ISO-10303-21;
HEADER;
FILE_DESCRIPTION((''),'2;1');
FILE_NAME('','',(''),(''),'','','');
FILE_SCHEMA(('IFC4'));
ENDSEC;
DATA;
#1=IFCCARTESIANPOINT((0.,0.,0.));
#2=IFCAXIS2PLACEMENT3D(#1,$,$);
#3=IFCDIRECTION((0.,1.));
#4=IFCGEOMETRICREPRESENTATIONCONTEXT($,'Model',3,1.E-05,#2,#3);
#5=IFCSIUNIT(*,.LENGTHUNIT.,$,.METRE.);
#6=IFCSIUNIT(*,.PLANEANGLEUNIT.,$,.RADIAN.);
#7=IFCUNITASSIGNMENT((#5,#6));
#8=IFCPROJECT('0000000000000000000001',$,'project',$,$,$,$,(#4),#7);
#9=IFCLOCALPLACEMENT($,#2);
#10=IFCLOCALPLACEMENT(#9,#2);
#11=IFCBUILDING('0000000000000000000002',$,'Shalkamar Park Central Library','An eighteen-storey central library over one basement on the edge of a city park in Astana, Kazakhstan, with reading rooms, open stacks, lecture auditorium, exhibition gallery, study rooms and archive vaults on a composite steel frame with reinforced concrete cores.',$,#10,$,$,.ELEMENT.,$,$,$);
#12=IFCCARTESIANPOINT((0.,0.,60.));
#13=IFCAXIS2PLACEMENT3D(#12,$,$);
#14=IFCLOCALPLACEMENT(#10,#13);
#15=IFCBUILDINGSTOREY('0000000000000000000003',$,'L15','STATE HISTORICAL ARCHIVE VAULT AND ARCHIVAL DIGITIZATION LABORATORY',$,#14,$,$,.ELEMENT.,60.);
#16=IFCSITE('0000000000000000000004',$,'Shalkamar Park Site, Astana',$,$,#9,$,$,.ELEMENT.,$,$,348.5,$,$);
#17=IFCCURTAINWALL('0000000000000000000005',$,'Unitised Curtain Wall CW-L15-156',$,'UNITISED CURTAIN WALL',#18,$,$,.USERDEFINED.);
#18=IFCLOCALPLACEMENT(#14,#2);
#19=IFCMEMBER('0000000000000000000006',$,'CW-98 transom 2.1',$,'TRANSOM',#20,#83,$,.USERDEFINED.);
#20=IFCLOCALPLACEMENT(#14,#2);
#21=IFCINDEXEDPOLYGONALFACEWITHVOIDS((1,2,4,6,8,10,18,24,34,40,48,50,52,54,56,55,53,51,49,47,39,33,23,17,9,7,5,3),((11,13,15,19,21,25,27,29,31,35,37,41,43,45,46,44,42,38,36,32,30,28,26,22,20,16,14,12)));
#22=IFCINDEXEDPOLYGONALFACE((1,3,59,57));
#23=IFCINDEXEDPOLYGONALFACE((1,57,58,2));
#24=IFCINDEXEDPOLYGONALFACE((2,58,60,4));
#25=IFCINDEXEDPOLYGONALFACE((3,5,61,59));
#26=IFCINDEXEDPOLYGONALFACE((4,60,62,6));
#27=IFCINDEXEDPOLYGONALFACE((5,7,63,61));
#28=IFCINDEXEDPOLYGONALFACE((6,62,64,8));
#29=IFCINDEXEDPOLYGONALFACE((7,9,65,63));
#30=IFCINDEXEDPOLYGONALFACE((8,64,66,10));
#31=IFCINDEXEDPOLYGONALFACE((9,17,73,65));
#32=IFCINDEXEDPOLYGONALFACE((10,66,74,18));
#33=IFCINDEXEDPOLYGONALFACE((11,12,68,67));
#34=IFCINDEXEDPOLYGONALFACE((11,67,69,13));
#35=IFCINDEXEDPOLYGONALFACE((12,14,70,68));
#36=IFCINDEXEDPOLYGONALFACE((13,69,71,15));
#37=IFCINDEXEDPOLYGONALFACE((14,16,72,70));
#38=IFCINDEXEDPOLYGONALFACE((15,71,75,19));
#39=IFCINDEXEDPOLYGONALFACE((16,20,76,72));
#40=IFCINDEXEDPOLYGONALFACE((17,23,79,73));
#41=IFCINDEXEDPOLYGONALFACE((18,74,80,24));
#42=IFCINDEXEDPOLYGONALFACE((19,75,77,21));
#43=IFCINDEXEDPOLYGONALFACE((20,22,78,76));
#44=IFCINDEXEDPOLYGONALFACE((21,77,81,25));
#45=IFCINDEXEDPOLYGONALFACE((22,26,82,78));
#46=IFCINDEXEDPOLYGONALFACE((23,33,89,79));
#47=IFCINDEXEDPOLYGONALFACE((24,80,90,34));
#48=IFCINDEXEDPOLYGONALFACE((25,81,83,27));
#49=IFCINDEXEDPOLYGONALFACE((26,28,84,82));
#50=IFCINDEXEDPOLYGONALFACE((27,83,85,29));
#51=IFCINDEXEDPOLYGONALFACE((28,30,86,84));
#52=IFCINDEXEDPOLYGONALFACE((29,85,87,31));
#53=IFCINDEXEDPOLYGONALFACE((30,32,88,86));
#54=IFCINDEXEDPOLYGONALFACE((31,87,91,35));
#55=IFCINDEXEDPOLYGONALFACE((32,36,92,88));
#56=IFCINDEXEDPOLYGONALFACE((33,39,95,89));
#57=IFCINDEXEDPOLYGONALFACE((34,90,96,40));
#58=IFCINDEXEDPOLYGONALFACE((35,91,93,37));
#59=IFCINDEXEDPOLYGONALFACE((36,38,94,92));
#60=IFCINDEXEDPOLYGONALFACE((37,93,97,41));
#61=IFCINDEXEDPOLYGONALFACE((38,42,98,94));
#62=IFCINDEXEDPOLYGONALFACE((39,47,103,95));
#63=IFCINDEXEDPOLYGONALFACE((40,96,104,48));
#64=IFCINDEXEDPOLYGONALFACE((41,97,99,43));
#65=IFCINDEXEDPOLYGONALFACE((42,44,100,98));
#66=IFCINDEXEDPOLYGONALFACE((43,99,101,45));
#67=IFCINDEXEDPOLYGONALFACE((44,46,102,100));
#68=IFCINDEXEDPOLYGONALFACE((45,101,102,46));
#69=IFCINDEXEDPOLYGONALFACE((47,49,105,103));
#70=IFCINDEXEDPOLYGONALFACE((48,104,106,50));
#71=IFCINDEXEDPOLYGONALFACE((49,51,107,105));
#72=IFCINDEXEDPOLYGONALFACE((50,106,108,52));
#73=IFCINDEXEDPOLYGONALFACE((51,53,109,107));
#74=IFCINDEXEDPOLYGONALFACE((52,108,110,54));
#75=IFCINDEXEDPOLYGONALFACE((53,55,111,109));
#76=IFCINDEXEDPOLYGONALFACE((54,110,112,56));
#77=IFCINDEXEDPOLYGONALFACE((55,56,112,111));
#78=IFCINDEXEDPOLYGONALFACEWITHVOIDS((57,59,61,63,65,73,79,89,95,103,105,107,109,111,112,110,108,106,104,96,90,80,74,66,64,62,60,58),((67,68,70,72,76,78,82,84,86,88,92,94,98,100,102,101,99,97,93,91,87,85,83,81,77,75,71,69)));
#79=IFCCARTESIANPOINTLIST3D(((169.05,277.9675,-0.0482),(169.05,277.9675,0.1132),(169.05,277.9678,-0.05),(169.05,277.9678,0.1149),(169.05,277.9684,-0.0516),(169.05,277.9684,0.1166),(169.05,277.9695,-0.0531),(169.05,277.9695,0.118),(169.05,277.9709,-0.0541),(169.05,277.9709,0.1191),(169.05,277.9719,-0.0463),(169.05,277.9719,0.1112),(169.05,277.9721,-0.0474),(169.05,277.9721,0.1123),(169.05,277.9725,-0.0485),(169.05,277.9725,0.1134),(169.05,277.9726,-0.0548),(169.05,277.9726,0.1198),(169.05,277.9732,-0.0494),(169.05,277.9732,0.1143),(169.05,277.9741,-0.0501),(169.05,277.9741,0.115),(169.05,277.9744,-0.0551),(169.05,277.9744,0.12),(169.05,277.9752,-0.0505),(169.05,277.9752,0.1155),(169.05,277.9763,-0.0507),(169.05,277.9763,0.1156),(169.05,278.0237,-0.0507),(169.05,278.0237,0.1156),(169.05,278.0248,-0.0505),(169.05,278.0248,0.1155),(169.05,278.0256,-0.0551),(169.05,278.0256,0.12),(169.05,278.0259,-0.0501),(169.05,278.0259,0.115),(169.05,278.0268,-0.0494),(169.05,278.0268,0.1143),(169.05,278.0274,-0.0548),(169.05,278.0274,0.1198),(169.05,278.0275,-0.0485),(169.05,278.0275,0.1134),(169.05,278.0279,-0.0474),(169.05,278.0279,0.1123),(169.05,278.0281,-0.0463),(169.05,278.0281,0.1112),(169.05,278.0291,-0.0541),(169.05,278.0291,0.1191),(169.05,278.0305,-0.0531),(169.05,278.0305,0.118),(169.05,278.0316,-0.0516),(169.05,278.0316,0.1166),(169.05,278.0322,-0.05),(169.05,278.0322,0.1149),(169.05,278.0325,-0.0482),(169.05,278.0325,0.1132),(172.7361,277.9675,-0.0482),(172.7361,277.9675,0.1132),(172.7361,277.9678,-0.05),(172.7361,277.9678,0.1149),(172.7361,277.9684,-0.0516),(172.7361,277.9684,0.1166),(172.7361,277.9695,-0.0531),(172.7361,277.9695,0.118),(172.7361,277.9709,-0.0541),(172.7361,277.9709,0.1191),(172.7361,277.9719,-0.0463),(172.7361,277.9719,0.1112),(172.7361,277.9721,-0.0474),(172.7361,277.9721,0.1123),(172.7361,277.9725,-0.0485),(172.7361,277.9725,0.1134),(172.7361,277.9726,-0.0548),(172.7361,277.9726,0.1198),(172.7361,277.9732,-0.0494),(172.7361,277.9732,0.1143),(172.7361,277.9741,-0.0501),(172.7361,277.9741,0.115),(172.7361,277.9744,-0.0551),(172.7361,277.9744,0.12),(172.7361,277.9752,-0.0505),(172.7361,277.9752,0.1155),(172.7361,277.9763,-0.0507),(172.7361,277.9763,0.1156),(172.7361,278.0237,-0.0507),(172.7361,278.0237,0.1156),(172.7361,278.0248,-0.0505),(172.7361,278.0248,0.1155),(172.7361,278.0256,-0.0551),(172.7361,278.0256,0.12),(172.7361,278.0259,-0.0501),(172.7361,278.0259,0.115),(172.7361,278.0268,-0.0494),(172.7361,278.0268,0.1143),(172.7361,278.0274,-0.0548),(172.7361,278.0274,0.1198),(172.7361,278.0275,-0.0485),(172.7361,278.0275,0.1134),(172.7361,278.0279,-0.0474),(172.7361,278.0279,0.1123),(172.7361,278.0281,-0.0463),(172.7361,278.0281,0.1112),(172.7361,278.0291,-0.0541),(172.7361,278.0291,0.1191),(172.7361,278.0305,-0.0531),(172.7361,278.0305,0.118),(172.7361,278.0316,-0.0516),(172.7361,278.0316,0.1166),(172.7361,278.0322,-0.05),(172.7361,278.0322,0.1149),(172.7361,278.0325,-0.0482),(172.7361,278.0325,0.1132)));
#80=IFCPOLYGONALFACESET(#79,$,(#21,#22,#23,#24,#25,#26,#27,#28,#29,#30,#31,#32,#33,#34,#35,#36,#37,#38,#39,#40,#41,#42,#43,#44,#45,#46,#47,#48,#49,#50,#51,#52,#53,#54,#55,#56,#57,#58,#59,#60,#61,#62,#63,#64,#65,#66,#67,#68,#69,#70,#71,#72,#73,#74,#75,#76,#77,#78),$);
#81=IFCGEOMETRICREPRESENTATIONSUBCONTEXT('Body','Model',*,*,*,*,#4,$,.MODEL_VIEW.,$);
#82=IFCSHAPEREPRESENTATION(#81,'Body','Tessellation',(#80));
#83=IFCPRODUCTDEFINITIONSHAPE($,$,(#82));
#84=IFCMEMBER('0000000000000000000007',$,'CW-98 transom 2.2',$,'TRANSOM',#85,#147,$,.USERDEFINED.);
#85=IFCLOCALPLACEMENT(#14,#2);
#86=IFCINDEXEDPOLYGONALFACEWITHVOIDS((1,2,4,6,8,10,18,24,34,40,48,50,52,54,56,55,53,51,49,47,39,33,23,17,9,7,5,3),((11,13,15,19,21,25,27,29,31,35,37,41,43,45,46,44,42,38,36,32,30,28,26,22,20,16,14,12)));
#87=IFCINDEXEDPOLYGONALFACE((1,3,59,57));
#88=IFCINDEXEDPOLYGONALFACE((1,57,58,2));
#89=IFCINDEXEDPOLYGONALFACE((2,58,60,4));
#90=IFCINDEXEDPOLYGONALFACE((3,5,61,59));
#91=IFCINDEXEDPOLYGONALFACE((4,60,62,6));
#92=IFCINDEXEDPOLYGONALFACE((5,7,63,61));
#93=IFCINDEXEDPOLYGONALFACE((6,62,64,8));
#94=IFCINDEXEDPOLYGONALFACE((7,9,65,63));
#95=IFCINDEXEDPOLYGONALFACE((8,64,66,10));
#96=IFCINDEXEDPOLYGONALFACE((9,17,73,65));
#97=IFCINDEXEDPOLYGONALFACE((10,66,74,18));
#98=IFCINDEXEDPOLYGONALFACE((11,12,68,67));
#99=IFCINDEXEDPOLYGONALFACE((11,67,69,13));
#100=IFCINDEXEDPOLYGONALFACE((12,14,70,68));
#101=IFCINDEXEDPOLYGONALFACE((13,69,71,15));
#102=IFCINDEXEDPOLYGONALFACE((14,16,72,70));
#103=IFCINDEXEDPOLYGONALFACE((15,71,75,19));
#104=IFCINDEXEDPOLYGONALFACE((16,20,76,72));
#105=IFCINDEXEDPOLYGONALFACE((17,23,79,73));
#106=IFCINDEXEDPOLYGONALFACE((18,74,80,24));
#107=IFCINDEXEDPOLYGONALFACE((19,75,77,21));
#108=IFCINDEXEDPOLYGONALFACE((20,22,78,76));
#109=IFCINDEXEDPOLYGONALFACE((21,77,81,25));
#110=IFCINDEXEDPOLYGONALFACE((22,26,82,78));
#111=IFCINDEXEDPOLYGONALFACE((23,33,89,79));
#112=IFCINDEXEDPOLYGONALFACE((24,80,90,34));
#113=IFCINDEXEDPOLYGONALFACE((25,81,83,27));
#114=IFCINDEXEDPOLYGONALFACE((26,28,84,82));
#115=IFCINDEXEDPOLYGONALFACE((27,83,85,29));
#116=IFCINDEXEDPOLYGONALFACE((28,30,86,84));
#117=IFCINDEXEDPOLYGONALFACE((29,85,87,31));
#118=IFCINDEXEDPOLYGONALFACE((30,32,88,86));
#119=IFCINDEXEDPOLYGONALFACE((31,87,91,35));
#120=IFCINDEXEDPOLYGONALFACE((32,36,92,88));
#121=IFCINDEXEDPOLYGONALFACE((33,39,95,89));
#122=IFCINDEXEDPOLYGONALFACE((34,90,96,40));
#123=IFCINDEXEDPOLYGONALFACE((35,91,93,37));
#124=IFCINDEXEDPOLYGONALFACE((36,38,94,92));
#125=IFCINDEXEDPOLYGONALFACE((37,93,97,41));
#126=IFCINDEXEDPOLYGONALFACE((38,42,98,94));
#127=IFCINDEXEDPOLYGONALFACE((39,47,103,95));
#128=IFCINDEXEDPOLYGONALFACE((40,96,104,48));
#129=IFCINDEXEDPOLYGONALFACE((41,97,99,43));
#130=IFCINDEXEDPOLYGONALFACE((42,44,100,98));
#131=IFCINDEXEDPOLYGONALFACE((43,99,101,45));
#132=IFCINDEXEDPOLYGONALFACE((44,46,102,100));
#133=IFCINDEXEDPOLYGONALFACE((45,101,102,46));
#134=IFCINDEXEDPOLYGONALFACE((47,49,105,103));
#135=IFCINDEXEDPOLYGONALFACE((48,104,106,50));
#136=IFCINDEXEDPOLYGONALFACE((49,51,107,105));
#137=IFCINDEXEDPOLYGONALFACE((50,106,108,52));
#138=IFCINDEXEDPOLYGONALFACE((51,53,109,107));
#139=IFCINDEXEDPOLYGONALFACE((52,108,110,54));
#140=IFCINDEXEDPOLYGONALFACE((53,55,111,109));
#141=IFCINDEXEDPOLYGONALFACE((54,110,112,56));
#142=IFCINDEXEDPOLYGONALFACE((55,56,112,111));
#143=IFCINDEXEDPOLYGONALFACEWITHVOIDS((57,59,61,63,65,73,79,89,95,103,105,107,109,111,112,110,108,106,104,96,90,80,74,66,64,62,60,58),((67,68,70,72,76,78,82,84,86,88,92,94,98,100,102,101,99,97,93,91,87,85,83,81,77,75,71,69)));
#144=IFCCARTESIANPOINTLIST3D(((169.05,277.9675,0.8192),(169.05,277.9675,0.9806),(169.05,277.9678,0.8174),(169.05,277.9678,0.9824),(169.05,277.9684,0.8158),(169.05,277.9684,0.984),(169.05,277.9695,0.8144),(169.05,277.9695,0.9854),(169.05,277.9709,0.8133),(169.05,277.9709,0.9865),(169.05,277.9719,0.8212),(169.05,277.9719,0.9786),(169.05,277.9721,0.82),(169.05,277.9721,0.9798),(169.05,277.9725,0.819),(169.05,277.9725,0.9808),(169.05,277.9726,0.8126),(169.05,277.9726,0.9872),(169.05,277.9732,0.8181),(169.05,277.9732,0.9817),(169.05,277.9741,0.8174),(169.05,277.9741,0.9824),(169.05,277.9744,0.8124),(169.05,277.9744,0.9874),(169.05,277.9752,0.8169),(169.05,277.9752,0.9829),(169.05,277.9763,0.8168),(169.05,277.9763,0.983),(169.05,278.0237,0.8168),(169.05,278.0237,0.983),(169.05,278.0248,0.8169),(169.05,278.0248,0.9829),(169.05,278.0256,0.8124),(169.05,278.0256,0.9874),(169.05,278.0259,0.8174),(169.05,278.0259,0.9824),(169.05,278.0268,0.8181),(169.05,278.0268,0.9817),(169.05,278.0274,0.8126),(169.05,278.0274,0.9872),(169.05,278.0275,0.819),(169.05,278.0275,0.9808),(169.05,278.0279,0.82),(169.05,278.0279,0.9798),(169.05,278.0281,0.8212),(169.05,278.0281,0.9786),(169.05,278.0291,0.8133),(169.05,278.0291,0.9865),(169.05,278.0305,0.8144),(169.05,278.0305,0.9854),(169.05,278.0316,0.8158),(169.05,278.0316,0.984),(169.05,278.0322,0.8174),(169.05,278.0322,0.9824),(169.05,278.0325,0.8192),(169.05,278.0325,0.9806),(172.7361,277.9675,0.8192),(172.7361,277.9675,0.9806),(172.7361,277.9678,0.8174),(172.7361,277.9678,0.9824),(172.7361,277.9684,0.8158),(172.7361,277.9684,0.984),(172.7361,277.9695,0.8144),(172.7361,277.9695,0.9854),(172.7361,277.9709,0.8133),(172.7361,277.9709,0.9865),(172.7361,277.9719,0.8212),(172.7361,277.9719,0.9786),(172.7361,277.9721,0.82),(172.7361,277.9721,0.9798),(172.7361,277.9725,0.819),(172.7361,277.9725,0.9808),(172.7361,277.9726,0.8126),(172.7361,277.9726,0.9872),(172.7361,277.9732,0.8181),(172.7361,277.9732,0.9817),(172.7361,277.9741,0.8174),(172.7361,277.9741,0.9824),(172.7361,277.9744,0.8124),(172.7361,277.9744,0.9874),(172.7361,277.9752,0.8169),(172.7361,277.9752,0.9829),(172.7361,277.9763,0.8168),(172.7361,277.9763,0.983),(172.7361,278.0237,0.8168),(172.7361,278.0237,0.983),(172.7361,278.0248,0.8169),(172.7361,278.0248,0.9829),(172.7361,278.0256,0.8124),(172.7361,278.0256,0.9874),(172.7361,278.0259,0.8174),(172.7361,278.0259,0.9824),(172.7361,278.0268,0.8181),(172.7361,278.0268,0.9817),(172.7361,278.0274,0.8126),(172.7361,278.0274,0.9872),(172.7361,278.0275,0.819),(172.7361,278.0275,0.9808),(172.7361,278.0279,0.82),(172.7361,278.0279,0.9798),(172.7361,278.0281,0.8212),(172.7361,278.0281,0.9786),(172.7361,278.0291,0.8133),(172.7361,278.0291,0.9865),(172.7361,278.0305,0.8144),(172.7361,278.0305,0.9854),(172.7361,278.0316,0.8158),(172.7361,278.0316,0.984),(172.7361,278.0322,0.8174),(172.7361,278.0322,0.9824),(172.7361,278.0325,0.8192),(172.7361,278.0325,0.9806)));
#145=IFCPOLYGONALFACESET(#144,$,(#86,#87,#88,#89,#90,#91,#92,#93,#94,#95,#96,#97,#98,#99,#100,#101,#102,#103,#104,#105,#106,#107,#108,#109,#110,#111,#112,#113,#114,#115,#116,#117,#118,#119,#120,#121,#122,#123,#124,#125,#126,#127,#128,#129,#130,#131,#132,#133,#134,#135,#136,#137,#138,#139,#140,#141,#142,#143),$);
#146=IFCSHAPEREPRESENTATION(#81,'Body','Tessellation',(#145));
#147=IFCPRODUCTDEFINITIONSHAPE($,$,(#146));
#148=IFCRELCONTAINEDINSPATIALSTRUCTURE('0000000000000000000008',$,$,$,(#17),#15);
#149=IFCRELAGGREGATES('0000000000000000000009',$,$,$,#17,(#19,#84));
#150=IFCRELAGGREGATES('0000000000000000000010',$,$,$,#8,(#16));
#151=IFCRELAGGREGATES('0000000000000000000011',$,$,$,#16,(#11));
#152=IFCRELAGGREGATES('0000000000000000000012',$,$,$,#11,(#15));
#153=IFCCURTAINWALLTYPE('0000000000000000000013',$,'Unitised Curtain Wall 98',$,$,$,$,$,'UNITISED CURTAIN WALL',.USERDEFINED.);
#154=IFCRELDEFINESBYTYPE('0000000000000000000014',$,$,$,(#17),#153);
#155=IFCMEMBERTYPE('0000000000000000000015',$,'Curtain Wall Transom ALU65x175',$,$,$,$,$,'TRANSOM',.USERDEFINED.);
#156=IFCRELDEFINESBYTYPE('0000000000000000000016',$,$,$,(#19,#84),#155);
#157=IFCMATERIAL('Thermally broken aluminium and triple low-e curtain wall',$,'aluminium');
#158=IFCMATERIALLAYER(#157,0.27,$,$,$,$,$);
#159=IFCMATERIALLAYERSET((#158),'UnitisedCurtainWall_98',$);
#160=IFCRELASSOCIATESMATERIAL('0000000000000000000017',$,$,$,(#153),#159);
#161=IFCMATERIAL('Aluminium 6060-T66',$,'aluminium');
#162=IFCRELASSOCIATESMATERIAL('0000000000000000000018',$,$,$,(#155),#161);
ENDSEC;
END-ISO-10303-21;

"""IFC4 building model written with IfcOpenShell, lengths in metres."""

from ifc_helpers import new_model, si_unit, direction, frame, origin, origin_2d, place, context, subcontext, project, spatial, hollow_rectangle, extrude, material, layer, layer_set, material_profile, profile_set, type_object, element, aggregate, save


model = new_model("IFC4")

# Units and contexts
model_context = context("Model", 3, precision=1e-05, world=origin(), true_north=direction((0.0, 1.0)))
body_context = subcontext(model_context, "Body", "Model", "MODEL_VIEW")
ifc_project = project(units=[si_unit("LENGTHUNIT", "METRE"), si_unit("PLANEANGLEUNIT", "RADIAN")], contexts=[model_context])

# Site, building, storey
site_placement = place(None, origin())
site = spatial("IfcSite", under=ifc_project, at=site_placement, Name="Shalkamar Park Site, Astana", CompositionType="ELEMENT", RefElevation=348.5)
building_placement = place(site_placement, origin())
building = spatial("IfcBuilding", under=site, at=building_placement, Name="Shalkamar Park Central Library", Description="An eighteen-storey central library over one basement on the edge of a city park in Astana, Kazakhstan, with reading rooms, open stacks, lecture auditorium, exhibition gallery, study rooms and archive vaults on a composite steel frame with reinforced concrete cores.", CompositionType="ELEMENT")
storey_placement = place(building_placement, frame((0.0, 0.0, 60.0)))
storey = spatial("IfcBuildingStorey", under=building, at=storey_placement, Name="L15", Description="STATE HISTORICAL ARCHIVE VAULT AND ARCHIVAL DIGITIZATION LABORATORY", CompositionType="ELEMENT", Elevation=60.0)

# Curtain wall
ifc_material_1 = material(Name="Thermally broken aluminium and triple low-e curtain wall", Category="aluminium")
ifc_layer_1 = layer(ifc_material_1, 0.27)
ifc_layer_set_1 = layer_set([ifc_layer_1], Name="UnitisedCurtainWall_98")
curtain_wall_type_1 = type_object("IfcCurtainWallType", Name="Unitised Curtain Wall 98", ElementType="UNITISED CURTAIN WALL", PredefinedType="USERDEFINED", material=ifc_layer_set_1)
curtain_wall_1_placement = place(storey_placement, origin())
curtain_wall_1 = element("IfcCurtainWall", 1, at=curtain_wall_1_placement, inside=storey, type_object=curtain_wall_type_1, Name="Unitised Curtain Wall CW-L15-156", ObjectType="UNITISED CURTAIN WALL", PredefinedType="USERDEFINED")
ifc_material_2 = material(Name="Aluminium 6060-T66", Category="aluminium")

# Members
ifc_material_profile_1 = material_profile(ifc_material_2, hollow_rectangle(XDim=0.0649, YDim=0.175, WallThickness=0.0044, InnerFilletRadius=0.0044, OuterFilletRadius=0.0068, at=origin_2d()), Name="ALU 65x175x4.5")
ifc_profile_set_1 = profile_set([ifc_material_profile_1], Name="Aluminium 6060-T66")
member_type_1 = type_object("IfcMemberType", Name="Curtain Wall Transom ALU65x175", ElementType="TRANSOM", PredefinedType="USERDEFINED", material=ifc_profile_set_1)
member_1_placement = place(storey_placement, frame((169.05, 278.0, 0.0325), z_axis=(1.0, 0.0, 0.0), x_axis=(0.0, 1.0, 0.0)))
member_1 = element("IfcMember", 2, at=member_1_placement, type_object=member_type_1, Name="CW-98 transom 2.1", ObjectType="TRANSOM", PredefinedType="USERDEFINED", context=body_context, shape_type="SweptSolid", body=[
    extrude(hollow_rectangle(XDim=0.0649, YDim=0.175, WallThickness=0.0044, InnerFilletRadius=0.0044, OuterFilletRadius=0.0068, at=origin_2d()), origin(), (0.0, 0.0, 1.0), 3.686),
])
member_2_placement = place(storey_placement, frame((169.05, 278.0, 0.8999), z_axis=(1.0, 0.0, 0.0), x_axis=(0.0, 1.0, 0.0)))
member_2 = element("IfcMember", 3, at=member_2_placement, type_object=member_type_1, Name="CW-98 transom 2.2", ObjectType="TRANSOM", PredefinedType="USERDEFINED", context=body_context, shape_type="SweptSolid", body=[
    extrude(hollow_rectangle(XDim=0.0649, YDim=0.175, WallThickness=0.0044, InnerFilletRadius=0.0044, OuterFilletRadius=0.0068, at=origin_2d()), origin(), (0.0, 0.0, 1.0), 3.686),
])

aggregate(curtain_wall_1, [member_1, member_2])

save(model, "model.ifc")
